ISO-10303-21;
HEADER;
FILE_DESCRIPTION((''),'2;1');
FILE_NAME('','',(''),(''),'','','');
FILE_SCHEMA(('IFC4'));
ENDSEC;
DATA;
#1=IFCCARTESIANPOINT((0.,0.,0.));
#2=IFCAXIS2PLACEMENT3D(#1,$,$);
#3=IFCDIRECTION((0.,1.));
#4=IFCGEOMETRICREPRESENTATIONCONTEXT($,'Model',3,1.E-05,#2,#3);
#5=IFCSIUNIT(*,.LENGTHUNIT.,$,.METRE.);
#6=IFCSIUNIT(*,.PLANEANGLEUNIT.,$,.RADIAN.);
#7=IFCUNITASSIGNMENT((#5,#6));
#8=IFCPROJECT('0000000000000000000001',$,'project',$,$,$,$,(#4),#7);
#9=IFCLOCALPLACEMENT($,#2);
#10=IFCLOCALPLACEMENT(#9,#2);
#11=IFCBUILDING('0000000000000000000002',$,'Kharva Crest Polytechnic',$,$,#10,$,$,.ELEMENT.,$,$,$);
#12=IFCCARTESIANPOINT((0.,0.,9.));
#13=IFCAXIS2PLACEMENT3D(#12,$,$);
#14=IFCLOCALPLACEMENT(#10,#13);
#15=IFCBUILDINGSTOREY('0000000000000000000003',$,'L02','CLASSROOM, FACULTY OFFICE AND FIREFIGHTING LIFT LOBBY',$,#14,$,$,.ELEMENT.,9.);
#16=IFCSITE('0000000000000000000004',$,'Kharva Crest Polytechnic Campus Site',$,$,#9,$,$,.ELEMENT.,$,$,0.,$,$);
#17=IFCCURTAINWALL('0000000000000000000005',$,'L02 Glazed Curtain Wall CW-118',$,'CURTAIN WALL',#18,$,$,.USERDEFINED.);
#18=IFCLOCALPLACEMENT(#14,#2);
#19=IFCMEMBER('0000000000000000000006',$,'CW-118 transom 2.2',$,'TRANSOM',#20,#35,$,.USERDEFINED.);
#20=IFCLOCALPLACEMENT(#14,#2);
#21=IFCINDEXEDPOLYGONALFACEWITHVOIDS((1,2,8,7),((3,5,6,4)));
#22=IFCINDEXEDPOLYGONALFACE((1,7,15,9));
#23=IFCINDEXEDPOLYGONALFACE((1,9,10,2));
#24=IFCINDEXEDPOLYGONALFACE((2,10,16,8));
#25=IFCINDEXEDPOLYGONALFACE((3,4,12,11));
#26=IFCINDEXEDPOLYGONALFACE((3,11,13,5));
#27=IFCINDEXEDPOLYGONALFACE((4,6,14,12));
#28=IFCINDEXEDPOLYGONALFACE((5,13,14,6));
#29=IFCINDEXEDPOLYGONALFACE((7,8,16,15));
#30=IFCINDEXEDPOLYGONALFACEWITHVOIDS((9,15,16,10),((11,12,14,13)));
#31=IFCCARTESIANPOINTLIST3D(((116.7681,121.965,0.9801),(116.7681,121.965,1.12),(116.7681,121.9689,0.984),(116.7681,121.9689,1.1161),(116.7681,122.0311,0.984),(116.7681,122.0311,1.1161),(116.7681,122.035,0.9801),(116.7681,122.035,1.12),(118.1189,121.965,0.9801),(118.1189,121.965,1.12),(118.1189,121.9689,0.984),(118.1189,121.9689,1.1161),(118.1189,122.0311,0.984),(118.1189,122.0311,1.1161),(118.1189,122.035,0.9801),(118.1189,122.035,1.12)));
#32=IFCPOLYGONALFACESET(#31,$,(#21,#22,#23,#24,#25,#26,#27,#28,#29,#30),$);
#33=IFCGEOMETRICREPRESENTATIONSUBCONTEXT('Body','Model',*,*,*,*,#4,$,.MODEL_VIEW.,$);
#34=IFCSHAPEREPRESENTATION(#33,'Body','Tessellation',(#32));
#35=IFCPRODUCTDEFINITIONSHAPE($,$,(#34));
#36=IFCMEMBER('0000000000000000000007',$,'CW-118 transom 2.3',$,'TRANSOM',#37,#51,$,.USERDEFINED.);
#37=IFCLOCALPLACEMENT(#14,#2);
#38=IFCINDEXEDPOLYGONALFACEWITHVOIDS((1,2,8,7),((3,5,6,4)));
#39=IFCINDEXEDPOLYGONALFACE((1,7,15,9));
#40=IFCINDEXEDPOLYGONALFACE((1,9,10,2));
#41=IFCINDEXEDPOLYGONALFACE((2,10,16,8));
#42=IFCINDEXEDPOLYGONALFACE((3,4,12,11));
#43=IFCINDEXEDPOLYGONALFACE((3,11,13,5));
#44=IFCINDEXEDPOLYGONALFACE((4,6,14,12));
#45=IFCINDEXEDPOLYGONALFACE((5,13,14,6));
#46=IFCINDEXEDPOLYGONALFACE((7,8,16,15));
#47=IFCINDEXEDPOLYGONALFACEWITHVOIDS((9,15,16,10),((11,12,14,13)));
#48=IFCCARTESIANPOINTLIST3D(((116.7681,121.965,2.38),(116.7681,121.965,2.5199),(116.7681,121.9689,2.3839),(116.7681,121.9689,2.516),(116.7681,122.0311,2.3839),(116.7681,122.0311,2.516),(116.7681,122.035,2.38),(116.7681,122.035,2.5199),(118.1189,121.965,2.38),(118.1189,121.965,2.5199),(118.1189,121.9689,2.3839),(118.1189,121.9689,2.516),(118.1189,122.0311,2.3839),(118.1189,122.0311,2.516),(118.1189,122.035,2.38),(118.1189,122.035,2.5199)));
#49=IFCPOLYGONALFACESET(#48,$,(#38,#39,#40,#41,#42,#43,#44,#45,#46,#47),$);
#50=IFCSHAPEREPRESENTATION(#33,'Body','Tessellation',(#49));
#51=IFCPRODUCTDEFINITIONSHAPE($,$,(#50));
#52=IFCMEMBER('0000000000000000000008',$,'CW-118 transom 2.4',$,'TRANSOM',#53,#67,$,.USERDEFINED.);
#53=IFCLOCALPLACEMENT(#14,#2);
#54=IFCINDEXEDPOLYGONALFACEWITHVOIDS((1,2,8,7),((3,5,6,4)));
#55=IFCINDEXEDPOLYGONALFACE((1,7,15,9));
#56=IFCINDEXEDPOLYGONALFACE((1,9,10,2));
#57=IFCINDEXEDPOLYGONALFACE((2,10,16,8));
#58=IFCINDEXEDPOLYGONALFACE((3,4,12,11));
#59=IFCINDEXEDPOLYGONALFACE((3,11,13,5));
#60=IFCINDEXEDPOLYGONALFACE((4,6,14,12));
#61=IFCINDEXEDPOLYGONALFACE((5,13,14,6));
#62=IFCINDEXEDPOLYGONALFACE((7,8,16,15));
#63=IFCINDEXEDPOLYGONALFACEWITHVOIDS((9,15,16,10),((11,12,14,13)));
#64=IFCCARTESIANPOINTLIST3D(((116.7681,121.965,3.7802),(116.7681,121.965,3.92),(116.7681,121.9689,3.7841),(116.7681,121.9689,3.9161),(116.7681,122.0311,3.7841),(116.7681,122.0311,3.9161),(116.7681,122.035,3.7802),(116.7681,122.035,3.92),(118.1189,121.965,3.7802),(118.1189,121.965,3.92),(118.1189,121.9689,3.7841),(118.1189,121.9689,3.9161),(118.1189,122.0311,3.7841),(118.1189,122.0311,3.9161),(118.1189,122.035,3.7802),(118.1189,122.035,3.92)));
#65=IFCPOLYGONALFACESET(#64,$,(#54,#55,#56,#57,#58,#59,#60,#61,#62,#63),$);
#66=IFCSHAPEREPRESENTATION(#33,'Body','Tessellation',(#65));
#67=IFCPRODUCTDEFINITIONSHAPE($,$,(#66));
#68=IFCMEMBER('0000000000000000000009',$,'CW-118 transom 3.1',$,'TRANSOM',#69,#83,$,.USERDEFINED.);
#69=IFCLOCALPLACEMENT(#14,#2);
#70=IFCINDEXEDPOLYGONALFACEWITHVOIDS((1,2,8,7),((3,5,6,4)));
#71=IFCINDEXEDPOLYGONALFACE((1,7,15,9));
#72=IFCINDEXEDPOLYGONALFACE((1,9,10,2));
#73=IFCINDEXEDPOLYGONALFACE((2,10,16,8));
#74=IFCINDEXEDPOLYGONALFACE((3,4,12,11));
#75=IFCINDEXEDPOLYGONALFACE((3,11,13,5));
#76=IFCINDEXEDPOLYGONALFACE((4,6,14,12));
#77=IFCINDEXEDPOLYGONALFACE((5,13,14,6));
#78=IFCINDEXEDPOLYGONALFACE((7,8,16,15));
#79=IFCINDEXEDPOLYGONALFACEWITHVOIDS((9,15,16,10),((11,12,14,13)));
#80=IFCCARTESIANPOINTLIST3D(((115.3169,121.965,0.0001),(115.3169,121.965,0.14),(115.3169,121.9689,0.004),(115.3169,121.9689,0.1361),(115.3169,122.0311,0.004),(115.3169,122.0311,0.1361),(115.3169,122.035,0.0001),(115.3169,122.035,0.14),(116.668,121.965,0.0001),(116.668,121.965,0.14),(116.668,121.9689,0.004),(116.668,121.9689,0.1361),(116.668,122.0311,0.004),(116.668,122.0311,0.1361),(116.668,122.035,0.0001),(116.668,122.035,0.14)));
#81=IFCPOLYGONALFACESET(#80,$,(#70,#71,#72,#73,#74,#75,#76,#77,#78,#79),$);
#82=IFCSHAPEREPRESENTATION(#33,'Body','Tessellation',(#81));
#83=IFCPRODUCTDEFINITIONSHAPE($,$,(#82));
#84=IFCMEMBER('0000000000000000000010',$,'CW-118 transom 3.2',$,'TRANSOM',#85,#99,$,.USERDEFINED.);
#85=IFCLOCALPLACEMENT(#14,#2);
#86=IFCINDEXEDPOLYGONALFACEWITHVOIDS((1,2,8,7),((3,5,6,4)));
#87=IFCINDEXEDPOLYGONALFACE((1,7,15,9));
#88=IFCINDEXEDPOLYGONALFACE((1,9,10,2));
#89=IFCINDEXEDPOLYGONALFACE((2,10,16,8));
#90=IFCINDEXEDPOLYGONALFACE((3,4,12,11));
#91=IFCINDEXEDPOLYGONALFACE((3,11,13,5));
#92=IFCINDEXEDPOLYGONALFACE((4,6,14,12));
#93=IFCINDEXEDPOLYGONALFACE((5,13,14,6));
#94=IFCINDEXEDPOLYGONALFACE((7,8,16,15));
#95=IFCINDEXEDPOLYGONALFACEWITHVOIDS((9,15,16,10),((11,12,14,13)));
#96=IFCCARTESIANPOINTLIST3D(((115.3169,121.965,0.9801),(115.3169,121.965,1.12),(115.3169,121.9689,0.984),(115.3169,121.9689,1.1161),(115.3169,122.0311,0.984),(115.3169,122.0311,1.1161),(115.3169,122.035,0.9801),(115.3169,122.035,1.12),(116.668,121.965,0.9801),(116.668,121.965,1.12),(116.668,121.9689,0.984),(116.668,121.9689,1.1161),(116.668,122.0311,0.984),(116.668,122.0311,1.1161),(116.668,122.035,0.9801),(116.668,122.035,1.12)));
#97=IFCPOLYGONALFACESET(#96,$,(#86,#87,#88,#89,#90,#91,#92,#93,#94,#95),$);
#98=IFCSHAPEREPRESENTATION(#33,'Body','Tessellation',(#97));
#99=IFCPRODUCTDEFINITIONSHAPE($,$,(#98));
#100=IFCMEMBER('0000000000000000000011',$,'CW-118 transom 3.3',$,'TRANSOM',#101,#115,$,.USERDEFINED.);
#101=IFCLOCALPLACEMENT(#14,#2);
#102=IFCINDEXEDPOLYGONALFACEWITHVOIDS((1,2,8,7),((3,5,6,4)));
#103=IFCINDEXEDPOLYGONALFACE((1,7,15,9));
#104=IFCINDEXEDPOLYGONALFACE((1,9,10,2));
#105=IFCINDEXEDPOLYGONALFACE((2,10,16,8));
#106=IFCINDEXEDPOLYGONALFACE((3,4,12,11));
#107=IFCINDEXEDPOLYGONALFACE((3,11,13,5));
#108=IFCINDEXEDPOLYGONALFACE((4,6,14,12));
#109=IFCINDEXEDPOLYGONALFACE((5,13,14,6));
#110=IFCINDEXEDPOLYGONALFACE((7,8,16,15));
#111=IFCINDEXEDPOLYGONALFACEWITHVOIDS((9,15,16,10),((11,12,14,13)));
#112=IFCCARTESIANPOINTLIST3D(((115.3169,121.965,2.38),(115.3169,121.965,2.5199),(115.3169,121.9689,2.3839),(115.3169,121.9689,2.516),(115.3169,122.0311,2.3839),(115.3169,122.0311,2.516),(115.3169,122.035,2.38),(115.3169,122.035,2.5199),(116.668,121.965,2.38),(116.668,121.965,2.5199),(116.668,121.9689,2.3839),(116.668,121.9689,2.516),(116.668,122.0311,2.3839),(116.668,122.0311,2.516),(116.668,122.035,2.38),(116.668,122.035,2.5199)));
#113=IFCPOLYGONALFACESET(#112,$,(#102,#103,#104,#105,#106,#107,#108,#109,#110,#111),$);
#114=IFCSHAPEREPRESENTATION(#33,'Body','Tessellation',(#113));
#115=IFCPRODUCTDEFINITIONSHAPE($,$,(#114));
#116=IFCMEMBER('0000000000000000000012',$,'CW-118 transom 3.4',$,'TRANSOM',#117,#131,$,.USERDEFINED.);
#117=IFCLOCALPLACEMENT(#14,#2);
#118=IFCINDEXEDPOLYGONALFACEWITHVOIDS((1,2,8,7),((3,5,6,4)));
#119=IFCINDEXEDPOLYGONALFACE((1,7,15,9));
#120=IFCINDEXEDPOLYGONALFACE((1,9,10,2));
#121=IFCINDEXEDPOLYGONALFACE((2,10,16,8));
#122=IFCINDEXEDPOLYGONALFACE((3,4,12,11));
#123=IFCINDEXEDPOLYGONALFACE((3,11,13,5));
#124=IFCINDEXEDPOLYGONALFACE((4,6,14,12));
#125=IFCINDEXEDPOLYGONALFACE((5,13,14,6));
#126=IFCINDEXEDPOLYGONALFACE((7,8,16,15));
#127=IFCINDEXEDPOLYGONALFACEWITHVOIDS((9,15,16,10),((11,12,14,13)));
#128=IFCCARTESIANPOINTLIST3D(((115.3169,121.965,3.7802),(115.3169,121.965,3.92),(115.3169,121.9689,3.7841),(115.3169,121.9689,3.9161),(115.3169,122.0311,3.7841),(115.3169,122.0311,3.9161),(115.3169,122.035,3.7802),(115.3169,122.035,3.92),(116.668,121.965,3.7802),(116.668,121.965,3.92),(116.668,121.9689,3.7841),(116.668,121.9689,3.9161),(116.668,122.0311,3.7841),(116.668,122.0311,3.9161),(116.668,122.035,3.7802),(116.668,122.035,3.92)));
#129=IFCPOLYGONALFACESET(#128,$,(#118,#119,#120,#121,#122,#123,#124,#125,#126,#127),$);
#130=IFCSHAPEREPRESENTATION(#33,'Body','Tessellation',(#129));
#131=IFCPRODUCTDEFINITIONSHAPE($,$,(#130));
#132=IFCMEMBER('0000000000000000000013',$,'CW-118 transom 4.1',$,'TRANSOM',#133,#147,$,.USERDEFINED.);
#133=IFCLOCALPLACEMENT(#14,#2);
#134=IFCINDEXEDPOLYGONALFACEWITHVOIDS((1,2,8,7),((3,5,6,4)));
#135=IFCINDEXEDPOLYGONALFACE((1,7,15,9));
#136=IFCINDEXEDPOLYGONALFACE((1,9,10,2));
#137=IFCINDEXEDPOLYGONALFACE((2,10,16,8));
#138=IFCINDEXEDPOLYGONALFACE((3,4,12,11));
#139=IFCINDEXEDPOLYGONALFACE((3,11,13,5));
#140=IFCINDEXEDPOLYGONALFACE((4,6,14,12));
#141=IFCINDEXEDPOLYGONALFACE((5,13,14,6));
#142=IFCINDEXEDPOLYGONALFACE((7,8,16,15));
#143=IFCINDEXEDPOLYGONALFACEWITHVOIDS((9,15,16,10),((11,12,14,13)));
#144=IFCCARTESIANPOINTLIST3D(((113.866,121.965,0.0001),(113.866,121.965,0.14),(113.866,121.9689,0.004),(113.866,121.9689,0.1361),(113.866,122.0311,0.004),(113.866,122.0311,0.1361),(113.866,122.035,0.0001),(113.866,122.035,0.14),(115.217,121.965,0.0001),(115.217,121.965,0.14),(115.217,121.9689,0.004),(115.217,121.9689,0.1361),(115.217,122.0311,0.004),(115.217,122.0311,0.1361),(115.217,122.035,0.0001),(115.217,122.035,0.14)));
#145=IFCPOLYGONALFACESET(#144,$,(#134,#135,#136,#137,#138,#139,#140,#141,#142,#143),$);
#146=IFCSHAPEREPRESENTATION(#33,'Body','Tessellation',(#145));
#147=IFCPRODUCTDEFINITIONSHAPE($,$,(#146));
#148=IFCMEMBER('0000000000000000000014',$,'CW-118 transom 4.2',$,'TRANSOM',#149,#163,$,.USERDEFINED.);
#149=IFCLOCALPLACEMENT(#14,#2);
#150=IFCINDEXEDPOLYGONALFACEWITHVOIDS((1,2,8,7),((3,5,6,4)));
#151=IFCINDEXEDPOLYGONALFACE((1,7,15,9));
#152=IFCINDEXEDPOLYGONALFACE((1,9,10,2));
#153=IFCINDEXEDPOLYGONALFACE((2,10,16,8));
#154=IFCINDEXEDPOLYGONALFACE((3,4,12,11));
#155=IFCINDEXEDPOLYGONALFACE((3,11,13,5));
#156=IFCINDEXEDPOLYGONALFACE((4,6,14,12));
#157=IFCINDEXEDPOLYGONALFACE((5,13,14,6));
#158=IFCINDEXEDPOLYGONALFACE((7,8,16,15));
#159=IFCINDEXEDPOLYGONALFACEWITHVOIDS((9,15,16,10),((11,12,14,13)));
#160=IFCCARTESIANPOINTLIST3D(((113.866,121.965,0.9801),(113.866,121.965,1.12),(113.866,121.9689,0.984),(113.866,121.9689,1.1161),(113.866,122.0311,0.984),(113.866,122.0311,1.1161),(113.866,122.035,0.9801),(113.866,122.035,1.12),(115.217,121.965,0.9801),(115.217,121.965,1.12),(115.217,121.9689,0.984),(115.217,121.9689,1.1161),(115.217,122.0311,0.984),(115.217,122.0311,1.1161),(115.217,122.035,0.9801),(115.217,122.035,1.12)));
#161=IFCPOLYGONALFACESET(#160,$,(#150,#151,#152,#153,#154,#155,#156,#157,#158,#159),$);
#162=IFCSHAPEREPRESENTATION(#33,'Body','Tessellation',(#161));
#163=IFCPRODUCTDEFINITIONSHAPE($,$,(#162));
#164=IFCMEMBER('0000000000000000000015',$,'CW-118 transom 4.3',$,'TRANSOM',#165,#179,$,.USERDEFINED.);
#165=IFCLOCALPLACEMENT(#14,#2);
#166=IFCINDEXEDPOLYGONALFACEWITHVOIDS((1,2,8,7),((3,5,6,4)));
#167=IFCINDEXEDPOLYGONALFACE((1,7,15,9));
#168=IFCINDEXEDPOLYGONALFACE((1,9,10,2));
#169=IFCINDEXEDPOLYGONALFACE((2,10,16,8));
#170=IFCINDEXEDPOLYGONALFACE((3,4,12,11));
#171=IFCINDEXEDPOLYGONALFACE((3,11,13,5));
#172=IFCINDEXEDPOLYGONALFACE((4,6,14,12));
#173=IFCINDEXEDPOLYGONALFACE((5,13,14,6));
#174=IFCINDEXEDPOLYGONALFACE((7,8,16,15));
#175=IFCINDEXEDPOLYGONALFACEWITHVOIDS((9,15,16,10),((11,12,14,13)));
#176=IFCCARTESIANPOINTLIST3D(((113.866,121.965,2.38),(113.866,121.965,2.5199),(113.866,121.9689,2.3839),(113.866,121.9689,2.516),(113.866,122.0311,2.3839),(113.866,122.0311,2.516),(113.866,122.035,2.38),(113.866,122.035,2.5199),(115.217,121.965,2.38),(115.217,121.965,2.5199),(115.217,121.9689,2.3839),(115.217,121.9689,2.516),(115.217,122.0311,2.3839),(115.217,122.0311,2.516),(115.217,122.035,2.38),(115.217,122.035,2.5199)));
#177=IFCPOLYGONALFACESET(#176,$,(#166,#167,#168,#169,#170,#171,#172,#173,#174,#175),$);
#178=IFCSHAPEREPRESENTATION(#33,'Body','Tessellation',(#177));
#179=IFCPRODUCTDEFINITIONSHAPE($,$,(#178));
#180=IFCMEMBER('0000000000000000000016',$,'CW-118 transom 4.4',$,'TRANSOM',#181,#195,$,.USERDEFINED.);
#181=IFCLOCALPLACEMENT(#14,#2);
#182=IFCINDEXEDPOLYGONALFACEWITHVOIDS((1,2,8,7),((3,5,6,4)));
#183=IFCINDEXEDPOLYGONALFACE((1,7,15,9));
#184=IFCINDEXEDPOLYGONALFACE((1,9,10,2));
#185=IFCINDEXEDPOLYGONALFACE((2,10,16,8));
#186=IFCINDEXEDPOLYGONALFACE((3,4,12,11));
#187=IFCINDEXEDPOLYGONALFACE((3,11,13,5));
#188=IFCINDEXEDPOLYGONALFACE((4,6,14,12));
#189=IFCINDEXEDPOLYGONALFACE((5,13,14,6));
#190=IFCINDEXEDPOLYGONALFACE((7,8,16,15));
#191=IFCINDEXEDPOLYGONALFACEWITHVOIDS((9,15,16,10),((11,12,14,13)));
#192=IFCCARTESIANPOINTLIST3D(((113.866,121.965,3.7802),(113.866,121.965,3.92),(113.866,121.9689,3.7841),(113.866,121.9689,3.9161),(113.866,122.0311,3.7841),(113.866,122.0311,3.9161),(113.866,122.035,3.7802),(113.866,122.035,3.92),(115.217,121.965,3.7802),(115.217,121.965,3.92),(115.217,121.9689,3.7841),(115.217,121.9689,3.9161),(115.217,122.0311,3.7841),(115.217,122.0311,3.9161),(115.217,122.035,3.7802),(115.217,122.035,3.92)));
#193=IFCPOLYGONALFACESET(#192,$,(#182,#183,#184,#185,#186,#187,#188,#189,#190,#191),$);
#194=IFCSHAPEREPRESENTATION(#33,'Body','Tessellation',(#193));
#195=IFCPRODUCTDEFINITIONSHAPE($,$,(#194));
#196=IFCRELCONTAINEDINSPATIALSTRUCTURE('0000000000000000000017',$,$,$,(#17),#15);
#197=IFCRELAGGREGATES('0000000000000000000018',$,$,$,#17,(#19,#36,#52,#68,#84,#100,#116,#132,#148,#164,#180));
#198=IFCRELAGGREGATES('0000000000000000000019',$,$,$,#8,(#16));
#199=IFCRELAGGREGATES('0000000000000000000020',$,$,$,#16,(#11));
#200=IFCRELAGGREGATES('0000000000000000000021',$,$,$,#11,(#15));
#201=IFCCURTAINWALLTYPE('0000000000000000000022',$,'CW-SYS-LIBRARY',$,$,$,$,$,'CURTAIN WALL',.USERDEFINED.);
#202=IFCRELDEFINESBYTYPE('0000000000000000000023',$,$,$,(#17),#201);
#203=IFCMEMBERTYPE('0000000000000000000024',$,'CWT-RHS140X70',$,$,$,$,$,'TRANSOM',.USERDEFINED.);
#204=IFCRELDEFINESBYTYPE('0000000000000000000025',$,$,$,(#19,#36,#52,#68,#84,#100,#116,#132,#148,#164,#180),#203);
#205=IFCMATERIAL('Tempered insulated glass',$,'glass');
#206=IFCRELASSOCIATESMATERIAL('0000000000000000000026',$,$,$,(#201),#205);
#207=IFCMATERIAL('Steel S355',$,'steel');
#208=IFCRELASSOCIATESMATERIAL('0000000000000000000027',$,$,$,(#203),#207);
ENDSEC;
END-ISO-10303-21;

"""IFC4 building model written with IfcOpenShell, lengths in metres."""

from ifc_helpers import new_model, si_unit, direction, frame, origin, origin_2d, place, context, subcontext, project, spatial, hollow_rectangle, extrude, material, material_profile, profile_set, type_object, element, aggregate, save


model = new_model("IFC4")

# Units and contexts
model_context = context("Model", 3, precision=1e-05, world=origin(), true_north=direction((0.0, 1.0)))
body_context = subcontext(model_context, "Body", "Model", "MODEL_VIEW")
ifc_project = project(units=[si_unit("LENGTHUNIT", "METRE"), si_unit("PLANEANGLEUNIT", "RADIAN")], contexts=[model_context])

# Site, building, storey
site_placement = place(None, origin())
site = spatial("IfcSite", under=ifc_project, at=site_placement, Name="Kharva Crest Polytechnic Campus Site", CompositionType="ELEMENT", RefElevation=0.0)
building_placement = place(site_placement, origin())
building = spatial("IfcBuilding", under=site, at=building_placement, Name="Kharva Crest Polytechnic", CompositionType="ELEMENT")
storey_placement = place(building_placement, frame((0.0, 0.0, 9.0)))
storey = spatial("IfcBuildingStorey", under=building, at=storey_placement, Name="L02", Description="CLASSROOM, FACULTY OFFICE AND FIREFIGHTING LIFT LOBBY", CompositionType="ELEMENT", Elevation=9.0)

# Curtain wall, members
ifc_material_1 = material(Name="Tempered insulated glass", Category="glass")
curtain_wall_type = type_object("IfcCurtainWallType", Name="CW-SYS-LIBRARY", ElementType="CURTAIN WALL", PredefinedType="USERDEFINED", material=ifc_material_1)
curtain_wall_placement = place(storey_placement, origin())
curtain_wall = element("IfcCurtainWall", 1, at=curtain_wall_placement, inside=storey, type_object=curtain_wall_type, Name="L02 Glazed Curtain Wall CW-118", ObjectType="CURTAIN WALL", PredefinedType="USERDEFINED")
ifc_material_2 = material(Name="Steel S355", Category="steel")
ifc_material_profile_1 = material_profile(ifc_material_2, hollow_rectangle(XDim=0.0701, YDim=0.1399, WallThickness=0.0039, at=origin_2d()), Name="RHS 140X70X4.0")
ifc_profile_set_1 = profile_set([ifc_material_profile_1], Name="Steel S355")
member_type_1 = type_object("IfcMemberType", Name="CWT-RHS140X70", ElementType="TRANSOM", PredefinedType="USERDEFINED", material=ifc_profile_set_1)
member_1_placement = place(storey_placement, frame((118.1189, 122.0, 1.05), z_axis=(-1.0, 0.0, 0.0), x_axis=(0.0, -1.0, 0.0)))
member_1 = element("IfcMember", 2, at=member_1_placement, type_object=member_type_1, Name="CW-118 transom 2.2", ObjectType="TRANSOM", PredefinedType="USERDEFINED", context=body_context, shape_type="SweptSolid", body=[
    extrude(hollow_rectangle(XDim=0.0701, YDim=0.1399, WallThickness=0.0039, at=origin_2d()), origin(), (0.0, 0.0, 1.0), 1.3508),
])
member_2_placement = place(storey_placement, frame((118.1189, 122.0, 2.45), z_axis=(-1.0, 0.0, 0.0), x_axis=(0.0, -1.0, 0.0)))
member_2 = element("IfcMember", 3, at=member_2_placement, type_object=member_type_1, Name="CW-118 transom 2.3", ObjectType="TRANSOM", PredefinedType="USERDEFINED", context=body_context, shape_type="SweptSolid", body=[
    extrude(hollow_rectangle(XDim=0.0701, YDim=0.1399, WallThickness=0.0039, at=origin_2d()), origin(), (0.0, 0.0, 1.0), 1.3508),
])
member_3_placement = place(storey_placement, frame((118.1189, 122.0, 3.8501), z_axis=(-1.0, 0.0, 0.0), x_axis=(0.0, -1.0, 0.0)))
member_3 = element("IfcMember", 4, at=member_3_placement, type_object=member_type_1, Name="CW-118 transom 2.4", ObjectType="TRANSOM", PredefinedType="USERDEFINED", context=body_context, shape_type="SweptSolid", body=[
    extrude(hollow_rectangle(XDim=0.0701, YDim=0.1399, WallThickness=0.0039, at=origin_2d()), origin(), (0.0, 0.0, 1.0), 1.3508),
])
member_4_placement = place(storey_placement, frame((116.668, 122.0, 0.0701), z_axis=(-1.0, 0.0, 0.0), x_axis=(0.0, -1.0, 0.0)))
member_4 = element("IfcMember", 5, at=member_4_placement, type_object=member_type_1, Name="CW-118 transom 3.1", ObjectType="TRANSOM", PredefinedType="USERDEFINED", context=body_context, shape_type="SweptSolid", body=[
    extrude(hollow_rectangle(XDim=0.0701, YDim=0.1399, WallThickness=0.0039, at=origin_2d()), origin(), (0.0, 0.0, 1.0), 1.3511),
])
member_5_placement = place(storey_placement, frame((116.668, 122.0, 1.05), z_axis=(-1.0, 0.0, 0.0), x_axis=(0.0, -1.0, 0.0)))
member_5 = element("IfcMember", 6, at=member_5_placement, type_object=member_type_1, Name="CW-118 transom 3.2", ObjectType="TRANSOM", PredefinedType="USERDEFINED", context=body_context, shape_type="SweptSolid", body=[
    extrude(hollow_rectangle(XDim=0.0701, YDim=0.1399, WallThickness=0.0039, at=origin_2d()), origin(), (0.0, 0.0, 1.0), 1.3511),
])
member_6_placement = place(storey_placement, frame((116.668, 122.0, 2.45), z_axis=(-1.0, 0.0, 0.0), x_axis=(0.0, -1.0, 0.0)))
member_6 = element("IfcMember", 7, at=member_6_placement, type_object=member_type_1, Name="CW-118 transom 3.3", ObjectType="TRANSOM", PredefinedType="USERDEFINED", context=body_context, shape_type="SweptSolid", body=[
    extrude(hollow_rectangle(XDim=0.0701, YDim=0.1399, WallThickness=0.0039, at=origin_2d()), origin(), (0.0, 0.0, 1.0), 1.3511),
])
member_7_placement = place(storey_placement, frame((116.668, 122.0, 3.8501), z_axis=(-1.0, 0.0, 0.0), x_axis=(0.0, -1.0, 0.0)))
member_7 = element("IfcMember", 8, at=member_7_placement, type_object=member_type_1, Name="CW-118 transom 3.4", ObjectType="TRANSOM", PredefinedType="USERDEFINED", context=body_context, shape_type="SweptSolid", body=[
    extrude(hollow_rectangle(XDim=0.0701, YDim=0.1399, WallThickness=0.0039, at=origin_2d()), origin(), (0.0, 0.0, 1.0), 1.3511),
])
member_8_placement = place(storey_placement, frame((115.217, 122.0, 0.0701), z_axis=(-1.0, 0.0, 0.0), x_axis=(0.0, -1.0, 0.0)))
member_8 = element("IfcMember", 9, at=member_8_placement, type_object=member_type_1, Name="CW-118 transom 4.1", ObjectType="TRANSOM", PredefinedType="USERDEFINED", context=body_context, shape_type="SweptSolid", body=[
    extrude(hollow_rectangle(XDim=0.0701, YDim=0.1399, WallThickness=0.0039, at=origin_2d()), origin(), (0.0, 0.0, 1.0), 1.3511),
])
member_9_placement = place(storey_placement, frame((115.217, 122.0, 1.05), z_axis=(-1.0, 0.0, 0.0), x_axis=(0.0, -1.0, 0.0)))
member_9 = element("IfcMember", 10, at=member_9_placement, type_object=member_type_1, Name="CW-118 transom 4.2", ObjectType="TRANSOM", PredefinedType="USERDEFINED", context=body_context, shape_type="SweptSolid", body=[
    extrude(hollow_rectangle(XDim=0.0701, YDim=0.1399, WallThickness=0.0039, at=origin_2d()), origin(), (0.0, 0.0, 1.0), 1.3511),
])
member_10_placement = place(storey_placement, frame((115.217, 122.0, 2.45), z_axis=(-1.0, 0.0, 0.0), x_axis=(0.0, -1.0, 0.0)))
member_10 = element("IfcMember", 11, at=member_10_placement, type_object=member_type_1, Name="CW-118 transom 4.3", ObjectType="TRANSOM", PredefinedType="USERDEFINED", context=body_context, shape_type="SweptSolid", body=[
    extrude(hollow_rectangle(XDim=0.0701, YDim=0.1399, WallThickness=0.0039, at=origin_2d()), origin(), (0.0, 0.0, 1.0), 1.3511),
])
member_11_placement = place(storey_placement, frame((115.217, 122.0, 3.8501), z_axis=(-1.0, 0.0, 0.0), x_axis=(0.0, -1.0, 0.0)))
member_11 = element("IfcMember", 12, at=member_11_placement, type_object=member_type_1, Name="CW-118 transom 4.4", ObjectType="TRANSOM", PredefinedType="USERDEFINED", context=body_context, shape_type="SweptSolid", body=[
    extrude(hollow_rectangle(XDim=0.0701, YDim=0.1399, WallThickness=0.0039, at=origin_2d()), origin(), (0.0, 0.0, 1.0), 1.3511),
])

aggregate(curtain_wall, [member_1, member_2, member_3, member_4, member_5, member_6, member_7, member_8, member_9, member_10, member_11])

save(model, "model.ifc")
